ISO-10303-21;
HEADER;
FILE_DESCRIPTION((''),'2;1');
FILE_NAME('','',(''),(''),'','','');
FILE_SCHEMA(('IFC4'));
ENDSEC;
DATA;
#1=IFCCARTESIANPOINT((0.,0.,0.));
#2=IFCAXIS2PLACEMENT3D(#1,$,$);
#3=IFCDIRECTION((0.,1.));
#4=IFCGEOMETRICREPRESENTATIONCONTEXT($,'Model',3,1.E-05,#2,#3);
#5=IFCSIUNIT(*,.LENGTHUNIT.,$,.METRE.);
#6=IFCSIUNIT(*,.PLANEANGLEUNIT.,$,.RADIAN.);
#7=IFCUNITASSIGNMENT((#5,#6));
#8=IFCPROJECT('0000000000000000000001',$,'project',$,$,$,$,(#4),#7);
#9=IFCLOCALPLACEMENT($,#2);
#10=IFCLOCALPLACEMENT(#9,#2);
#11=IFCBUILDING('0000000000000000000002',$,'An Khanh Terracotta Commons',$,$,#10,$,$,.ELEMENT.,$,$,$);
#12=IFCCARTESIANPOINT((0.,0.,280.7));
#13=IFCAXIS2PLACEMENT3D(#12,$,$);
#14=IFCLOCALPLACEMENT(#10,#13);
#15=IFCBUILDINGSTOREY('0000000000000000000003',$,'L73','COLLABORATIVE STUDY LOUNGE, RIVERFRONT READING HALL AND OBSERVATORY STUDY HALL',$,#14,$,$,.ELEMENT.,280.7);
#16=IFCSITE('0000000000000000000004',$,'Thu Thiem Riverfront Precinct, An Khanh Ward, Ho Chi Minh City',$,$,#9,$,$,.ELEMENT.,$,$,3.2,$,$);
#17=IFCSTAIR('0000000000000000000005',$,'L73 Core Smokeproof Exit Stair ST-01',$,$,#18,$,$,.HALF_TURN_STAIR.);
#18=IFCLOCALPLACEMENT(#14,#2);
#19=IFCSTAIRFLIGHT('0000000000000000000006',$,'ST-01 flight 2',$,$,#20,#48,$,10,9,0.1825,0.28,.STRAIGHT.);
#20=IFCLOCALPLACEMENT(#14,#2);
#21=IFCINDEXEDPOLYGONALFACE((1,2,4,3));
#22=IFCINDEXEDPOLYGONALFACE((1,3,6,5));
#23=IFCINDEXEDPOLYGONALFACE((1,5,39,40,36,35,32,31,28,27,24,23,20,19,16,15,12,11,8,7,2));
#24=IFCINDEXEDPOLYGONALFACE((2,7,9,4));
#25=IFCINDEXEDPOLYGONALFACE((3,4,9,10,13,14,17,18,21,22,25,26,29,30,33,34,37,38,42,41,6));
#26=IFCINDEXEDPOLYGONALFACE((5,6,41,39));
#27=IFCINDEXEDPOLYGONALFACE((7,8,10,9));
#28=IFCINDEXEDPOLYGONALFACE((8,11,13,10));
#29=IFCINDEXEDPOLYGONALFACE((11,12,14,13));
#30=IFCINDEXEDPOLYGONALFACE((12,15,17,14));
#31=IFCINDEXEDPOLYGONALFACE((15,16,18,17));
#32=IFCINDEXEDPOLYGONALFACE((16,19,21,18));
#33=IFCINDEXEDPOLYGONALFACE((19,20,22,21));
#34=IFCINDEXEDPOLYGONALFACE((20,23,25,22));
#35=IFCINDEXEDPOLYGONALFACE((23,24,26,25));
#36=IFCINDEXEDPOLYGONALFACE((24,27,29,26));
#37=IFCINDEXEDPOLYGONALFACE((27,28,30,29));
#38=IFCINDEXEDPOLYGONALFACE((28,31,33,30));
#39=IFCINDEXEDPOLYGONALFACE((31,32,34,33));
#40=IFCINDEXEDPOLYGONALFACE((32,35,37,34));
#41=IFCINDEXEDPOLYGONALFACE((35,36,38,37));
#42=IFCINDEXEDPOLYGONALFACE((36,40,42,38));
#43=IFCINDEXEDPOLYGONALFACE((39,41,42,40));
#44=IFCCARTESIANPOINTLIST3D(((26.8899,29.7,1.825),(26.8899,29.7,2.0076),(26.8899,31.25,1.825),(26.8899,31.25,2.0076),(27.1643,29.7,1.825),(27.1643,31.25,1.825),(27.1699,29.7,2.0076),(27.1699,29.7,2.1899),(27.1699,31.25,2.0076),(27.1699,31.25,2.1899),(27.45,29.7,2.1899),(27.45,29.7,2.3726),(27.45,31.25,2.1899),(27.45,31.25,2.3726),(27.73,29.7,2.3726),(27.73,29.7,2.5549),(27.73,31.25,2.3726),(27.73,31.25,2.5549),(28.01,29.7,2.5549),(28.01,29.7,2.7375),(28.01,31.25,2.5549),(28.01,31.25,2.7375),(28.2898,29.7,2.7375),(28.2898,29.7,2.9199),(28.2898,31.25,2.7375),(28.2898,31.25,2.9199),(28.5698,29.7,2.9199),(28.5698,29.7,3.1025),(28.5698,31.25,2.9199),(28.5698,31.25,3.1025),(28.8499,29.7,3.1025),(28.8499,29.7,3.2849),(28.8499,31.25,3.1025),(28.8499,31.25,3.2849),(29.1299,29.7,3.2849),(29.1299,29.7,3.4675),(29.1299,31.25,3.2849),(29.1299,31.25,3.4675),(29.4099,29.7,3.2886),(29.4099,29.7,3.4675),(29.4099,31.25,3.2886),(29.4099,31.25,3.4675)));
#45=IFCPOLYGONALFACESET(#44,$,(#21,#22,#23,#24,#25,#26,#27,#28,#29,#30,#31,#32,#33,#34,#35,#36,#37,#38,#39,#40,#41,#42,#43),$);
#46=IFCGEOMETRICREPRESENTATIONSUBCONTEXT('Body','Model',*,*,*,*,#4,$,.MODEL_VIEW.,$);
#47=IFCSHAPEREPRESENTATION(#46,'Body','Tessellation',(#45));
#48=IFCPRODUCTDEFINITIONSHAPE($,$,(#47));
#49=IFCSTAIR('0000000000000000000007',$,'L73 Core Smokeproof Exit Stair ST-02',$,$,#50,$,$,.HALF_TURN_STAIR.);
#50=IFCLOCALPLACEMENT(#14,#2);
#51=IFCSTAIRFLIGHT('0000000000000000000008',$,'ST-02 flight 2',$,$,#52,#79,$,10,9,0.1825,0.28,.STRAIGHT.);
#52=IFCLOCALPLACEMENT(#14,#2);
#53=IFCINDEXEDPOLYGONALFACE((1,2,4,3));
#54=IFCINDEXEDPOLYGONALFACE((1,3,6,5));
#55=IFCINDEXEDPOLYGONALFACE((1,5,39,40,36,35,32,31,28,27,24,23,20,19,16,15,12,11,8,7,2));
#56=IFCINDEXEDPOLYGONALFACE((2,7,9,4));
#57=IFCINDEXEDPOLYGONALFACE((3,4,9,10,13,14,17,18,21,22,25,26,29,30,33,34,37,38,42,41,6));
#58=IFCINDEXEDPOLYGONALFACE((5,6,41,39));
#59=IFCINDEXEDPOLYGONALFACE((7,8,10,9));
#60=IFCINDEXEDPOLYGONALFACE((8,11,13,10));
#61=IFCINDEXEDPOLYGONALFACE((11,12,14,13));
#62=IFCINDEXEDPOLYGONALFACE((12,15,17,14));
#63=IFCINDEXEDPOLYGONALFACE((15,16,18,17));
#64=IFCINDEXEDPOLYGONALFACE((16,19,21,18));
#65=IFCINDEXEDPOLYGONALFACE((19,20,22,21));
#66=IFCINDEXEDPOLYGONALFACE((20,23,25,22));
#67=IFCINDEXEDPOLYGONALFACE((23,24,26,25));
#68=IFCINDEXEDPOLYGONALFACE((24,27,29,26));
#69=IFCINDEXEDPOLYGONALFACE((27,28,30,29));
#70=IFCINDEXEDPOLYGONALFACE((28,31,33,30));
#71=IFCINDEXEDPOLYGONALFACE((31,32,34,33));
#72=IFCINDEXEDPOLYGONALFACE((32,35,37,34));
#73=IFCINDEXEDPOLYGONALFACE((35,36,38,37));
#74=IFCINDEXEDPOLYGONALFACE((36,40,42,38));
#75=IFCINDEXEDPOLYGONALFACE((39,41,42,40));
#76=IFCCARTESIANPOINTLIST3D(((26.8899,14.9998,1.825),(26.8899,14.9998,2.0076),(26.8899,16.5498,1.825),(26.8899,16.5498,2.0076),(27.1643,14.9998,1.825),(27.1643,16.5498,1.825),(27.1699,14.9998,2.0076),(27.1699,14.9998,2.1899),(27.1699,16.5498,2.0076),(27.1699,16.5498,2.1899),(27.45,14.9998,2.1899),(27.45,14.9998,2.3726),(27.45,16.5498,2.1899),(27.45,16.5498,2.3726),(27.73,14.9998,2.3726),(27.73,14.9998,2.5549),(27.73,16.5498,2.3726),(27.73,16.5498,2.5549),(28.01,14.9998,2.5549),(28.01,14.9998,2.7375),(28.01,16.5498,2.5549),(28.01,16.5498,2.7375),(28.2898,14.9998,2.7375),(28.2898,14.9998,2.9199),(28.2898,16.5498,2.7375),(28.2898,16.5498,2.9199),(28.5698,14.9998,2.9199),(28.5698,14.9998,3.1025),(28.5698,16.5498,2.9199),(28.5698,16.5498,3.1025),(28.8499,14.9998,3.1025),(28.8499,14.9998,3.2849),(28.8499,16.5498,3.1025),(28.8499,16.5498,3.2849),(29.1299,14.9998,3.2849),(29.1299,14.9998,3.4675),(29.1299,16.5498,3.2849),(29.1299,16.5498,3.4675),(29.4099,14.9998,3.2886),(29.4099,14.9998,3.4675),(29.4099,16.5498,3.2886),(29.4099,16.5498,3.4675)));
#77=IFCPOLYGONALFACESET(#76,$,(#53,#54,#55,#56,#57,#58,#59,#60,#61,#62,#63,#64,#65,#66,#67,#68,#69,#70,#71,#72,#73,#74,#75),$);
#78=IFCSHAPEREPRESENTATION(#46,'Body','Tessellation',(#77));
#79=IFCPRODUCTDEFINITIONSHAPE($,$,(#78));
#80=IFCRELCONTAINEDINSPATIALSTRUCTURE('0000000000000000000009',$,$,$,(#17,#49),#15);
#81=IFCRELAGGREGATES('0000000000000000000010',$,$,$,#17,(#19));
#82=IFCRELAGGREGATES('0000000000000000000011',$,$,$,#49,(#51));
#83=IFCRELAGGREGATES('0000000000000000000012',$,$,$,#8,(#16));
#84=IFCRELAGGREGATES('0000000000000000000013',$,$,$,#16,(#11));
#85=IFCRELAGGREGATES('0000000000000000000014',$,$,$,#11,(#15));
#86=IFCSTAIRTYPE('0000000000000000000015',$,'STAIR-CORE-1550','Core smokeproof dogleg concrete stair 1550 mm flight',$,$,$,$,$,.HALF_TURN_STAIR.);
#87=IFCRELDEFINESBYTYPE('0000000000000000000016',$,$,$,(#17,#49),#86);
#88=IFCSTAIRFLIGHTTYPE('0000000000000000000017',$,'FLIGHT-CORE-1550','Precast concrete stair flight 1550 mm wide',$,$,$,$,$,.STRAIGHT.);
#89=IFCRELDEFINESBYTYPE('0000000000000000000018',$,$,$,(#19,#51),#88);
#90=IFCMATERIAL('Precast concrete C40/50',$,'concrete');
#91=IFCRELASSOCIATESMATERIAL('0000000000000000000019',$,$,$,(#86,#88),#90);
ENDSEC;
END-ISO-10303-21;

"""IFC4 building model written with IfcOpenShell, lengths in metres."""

from ifc_helpers import new_model, si_unit, direction, frame, origin, place, context, subcontext, project, spatial, polyline, outline, extrude, material, type_object, element, aggregate, save


model = new_model("IFC4")

# Units and contexts
model_context = context("Model", 3, precision=1e-05, world=origin(), true_north=direction((0.0, 1.0)))
body_context = subcontext(model_context, "Body", "Model", "MODEL_VIEW")
ifc_project = project(units=[si_unit("LENGTHUNIT", "METRE"), si_unit("PLANEANGLEUNIT", "RADIAN")], contexts=[model_context])

# Site, building, storey
site_placement = place(None, origin())
site = spatial("IfcSite", under=ifc_project, at=site_placement, Name="Thu Thiem Riverfront Precinct, An Khanh Ward, Ho Chi Minh City", CompositionType="ELEMENT", RefElevation=3.2)
building_placement = place(site_placement, origin())
building = spatial("IfcBuilding", under=site, at=building_placement, Name="An Khanh Terracotta Commons", CompositionType="ELEMENT")
storey_placement = place(building_placement, frame((0.0, 0.0, 280.7)))
storey = spatial("IfcBuildingStorey", under=building, at=storey_placement, Name="L73", Description="COLLABORATIVE STUDY LOUNGE, RIVERFRONT READING HALL AND OBSERVATORY STUDY HALL", CompositionType="ELEMENT", Elevation=280.7)

# Shared definitions
ifc_material_1 = material(Name="Precast concrete C40/50", Category="concrete")

# Stairs, stair flights
stair_type = type_object("IfcStairType", Name="STAIR-CORE-1550", Description="Core smokeproof dogleg concrete stair 1550 mm flight", PredefinedType="HALF_TURN_STAIR", material=ifc_material_1)
stair_1_placement = place(storey_placement, origin())
stair_1 = element("IfcStair", 1, at=stair_1_placement, inside=storey, type_object=stair_type, Name="L73 Core Smokeproof Exit Stair ST-01", PredefinedType="HALF_TURN_STAIR")
stair_flight_type = type_object("IfcStairFlightType", Name="FLIGHT-CORE-1550", Description="Precast concrete stair flight 1550 mm wide", PredefinedType="STRAIGHT", material=ifc_material_1)
stair_flight_1_placement = place(storey_placement, frame((26.8899, 30.4751, 1.825), z_axis=(0.0, 0.0, 1.0), x_axis=(1.0, 0.0, 0.0)))
stair_flight_1 = element("IfcStairFlight", 2, at=stair_flight_1_placement, type_object=stair_flight_type, Name="ST-01 flight 2", NumberOfRisers=10, NumberOfTreads=9, PredefinedType="STRAIGHT", RiserHeight=0.1825, TreadLength=0.28, context=body_context, shape_type="SweptSolid", body=[
    extrude(outline(polyline([(0.0, 0.0), (0.0, 0.1826), (0.28, 0.1826), (0.28, 0.365), (0.5601, 0.365), (0.5601, 0.5476), (0.8401, 0.5476), (0.8401, 0.73), (1.1201, 0.73), (1.1201, 0.9126), (1.3999, 0.9126), (1.3999, 1.095), (1.6799, 1.095), (1.6799, 1.2776), (1.96, 1.2776), (1.96, 1.46), (2.24, 1.46), (2.24, 1.6426), (2.52, 1.6426), (2.52, 1.825), (2.52, 1.4636), (0.2744, 0.0), (0.0, 0.0)])), frame((0.0, 0.7749, 0.0), z_axis=(0.0, -1.0, 0.0), x_axis=(1.0, 0.0, 0.0)), (0.0, 0.0, 1.0), 1.55),
])
aggregate(stair_1, [stair_flight_1])
stair_2_placement = place(storey_placement, origin())
stair_2 = element("IfcStair", 3, at=stair_2_placement, inside=storey, type_object=stair_type, Name="L73 Core Smokeproof Exit Stair ST-02", PredefinedType="HALF_TURN_STAIR")
stair_flight_2_placement = place(storey_placement, frame((26.8899, 15.7749, 1.825), z_axis=(0.0, 0.0, 1.0), x_axis=(1.0, 0.0, 0.0)))
stair_flight_2 = element("IfcStairFlight", 4, at=stair_flight_2_placement, type_object=stair_flight_type, Name="ST-02 flight 2", NumberOfRisers=10, NumberOfTreads=9, PredefinedType="STRAIGHT", RiserHeight=0.1825, TreadLength=0.28, context=body_context, shape_type="SweptSolid", body=[
    extrude(outline(polyline([(0.0, 0.0), (0.0, 0.1826), (0.28, 0.1826), (0.28, 0.365), (0.5601, 0.365), (0.5601, 0.5476), (0.8401, 0.5476), (0.8401, 0.73), (1.1201, 0.73), (1.1201, 0.9126), (1.3999, 0.9126), (1.3999, 1.095), (1.6799, 1.095), (1.6799, 1.2776), (1.96, 1.2776), (1.96, 1.46), (2.24, 1.46), (2.24, 1.6426), (2.52, 1.6426), (2.52, 1.825), (2.52, 1.4636), (0.2744, 0.0), (0.0, 0.0)])), frame((0.0, 0.7749, 0.0), z_axis=(0.0, -1.0, 0.0), x_axis=(1.0, 0.0, 0.0)), (0.0, 0.0, 1.0), 1.55),
])
aggregate(stair_2, [stair_flight_2])

save(model, "model.ifc")
